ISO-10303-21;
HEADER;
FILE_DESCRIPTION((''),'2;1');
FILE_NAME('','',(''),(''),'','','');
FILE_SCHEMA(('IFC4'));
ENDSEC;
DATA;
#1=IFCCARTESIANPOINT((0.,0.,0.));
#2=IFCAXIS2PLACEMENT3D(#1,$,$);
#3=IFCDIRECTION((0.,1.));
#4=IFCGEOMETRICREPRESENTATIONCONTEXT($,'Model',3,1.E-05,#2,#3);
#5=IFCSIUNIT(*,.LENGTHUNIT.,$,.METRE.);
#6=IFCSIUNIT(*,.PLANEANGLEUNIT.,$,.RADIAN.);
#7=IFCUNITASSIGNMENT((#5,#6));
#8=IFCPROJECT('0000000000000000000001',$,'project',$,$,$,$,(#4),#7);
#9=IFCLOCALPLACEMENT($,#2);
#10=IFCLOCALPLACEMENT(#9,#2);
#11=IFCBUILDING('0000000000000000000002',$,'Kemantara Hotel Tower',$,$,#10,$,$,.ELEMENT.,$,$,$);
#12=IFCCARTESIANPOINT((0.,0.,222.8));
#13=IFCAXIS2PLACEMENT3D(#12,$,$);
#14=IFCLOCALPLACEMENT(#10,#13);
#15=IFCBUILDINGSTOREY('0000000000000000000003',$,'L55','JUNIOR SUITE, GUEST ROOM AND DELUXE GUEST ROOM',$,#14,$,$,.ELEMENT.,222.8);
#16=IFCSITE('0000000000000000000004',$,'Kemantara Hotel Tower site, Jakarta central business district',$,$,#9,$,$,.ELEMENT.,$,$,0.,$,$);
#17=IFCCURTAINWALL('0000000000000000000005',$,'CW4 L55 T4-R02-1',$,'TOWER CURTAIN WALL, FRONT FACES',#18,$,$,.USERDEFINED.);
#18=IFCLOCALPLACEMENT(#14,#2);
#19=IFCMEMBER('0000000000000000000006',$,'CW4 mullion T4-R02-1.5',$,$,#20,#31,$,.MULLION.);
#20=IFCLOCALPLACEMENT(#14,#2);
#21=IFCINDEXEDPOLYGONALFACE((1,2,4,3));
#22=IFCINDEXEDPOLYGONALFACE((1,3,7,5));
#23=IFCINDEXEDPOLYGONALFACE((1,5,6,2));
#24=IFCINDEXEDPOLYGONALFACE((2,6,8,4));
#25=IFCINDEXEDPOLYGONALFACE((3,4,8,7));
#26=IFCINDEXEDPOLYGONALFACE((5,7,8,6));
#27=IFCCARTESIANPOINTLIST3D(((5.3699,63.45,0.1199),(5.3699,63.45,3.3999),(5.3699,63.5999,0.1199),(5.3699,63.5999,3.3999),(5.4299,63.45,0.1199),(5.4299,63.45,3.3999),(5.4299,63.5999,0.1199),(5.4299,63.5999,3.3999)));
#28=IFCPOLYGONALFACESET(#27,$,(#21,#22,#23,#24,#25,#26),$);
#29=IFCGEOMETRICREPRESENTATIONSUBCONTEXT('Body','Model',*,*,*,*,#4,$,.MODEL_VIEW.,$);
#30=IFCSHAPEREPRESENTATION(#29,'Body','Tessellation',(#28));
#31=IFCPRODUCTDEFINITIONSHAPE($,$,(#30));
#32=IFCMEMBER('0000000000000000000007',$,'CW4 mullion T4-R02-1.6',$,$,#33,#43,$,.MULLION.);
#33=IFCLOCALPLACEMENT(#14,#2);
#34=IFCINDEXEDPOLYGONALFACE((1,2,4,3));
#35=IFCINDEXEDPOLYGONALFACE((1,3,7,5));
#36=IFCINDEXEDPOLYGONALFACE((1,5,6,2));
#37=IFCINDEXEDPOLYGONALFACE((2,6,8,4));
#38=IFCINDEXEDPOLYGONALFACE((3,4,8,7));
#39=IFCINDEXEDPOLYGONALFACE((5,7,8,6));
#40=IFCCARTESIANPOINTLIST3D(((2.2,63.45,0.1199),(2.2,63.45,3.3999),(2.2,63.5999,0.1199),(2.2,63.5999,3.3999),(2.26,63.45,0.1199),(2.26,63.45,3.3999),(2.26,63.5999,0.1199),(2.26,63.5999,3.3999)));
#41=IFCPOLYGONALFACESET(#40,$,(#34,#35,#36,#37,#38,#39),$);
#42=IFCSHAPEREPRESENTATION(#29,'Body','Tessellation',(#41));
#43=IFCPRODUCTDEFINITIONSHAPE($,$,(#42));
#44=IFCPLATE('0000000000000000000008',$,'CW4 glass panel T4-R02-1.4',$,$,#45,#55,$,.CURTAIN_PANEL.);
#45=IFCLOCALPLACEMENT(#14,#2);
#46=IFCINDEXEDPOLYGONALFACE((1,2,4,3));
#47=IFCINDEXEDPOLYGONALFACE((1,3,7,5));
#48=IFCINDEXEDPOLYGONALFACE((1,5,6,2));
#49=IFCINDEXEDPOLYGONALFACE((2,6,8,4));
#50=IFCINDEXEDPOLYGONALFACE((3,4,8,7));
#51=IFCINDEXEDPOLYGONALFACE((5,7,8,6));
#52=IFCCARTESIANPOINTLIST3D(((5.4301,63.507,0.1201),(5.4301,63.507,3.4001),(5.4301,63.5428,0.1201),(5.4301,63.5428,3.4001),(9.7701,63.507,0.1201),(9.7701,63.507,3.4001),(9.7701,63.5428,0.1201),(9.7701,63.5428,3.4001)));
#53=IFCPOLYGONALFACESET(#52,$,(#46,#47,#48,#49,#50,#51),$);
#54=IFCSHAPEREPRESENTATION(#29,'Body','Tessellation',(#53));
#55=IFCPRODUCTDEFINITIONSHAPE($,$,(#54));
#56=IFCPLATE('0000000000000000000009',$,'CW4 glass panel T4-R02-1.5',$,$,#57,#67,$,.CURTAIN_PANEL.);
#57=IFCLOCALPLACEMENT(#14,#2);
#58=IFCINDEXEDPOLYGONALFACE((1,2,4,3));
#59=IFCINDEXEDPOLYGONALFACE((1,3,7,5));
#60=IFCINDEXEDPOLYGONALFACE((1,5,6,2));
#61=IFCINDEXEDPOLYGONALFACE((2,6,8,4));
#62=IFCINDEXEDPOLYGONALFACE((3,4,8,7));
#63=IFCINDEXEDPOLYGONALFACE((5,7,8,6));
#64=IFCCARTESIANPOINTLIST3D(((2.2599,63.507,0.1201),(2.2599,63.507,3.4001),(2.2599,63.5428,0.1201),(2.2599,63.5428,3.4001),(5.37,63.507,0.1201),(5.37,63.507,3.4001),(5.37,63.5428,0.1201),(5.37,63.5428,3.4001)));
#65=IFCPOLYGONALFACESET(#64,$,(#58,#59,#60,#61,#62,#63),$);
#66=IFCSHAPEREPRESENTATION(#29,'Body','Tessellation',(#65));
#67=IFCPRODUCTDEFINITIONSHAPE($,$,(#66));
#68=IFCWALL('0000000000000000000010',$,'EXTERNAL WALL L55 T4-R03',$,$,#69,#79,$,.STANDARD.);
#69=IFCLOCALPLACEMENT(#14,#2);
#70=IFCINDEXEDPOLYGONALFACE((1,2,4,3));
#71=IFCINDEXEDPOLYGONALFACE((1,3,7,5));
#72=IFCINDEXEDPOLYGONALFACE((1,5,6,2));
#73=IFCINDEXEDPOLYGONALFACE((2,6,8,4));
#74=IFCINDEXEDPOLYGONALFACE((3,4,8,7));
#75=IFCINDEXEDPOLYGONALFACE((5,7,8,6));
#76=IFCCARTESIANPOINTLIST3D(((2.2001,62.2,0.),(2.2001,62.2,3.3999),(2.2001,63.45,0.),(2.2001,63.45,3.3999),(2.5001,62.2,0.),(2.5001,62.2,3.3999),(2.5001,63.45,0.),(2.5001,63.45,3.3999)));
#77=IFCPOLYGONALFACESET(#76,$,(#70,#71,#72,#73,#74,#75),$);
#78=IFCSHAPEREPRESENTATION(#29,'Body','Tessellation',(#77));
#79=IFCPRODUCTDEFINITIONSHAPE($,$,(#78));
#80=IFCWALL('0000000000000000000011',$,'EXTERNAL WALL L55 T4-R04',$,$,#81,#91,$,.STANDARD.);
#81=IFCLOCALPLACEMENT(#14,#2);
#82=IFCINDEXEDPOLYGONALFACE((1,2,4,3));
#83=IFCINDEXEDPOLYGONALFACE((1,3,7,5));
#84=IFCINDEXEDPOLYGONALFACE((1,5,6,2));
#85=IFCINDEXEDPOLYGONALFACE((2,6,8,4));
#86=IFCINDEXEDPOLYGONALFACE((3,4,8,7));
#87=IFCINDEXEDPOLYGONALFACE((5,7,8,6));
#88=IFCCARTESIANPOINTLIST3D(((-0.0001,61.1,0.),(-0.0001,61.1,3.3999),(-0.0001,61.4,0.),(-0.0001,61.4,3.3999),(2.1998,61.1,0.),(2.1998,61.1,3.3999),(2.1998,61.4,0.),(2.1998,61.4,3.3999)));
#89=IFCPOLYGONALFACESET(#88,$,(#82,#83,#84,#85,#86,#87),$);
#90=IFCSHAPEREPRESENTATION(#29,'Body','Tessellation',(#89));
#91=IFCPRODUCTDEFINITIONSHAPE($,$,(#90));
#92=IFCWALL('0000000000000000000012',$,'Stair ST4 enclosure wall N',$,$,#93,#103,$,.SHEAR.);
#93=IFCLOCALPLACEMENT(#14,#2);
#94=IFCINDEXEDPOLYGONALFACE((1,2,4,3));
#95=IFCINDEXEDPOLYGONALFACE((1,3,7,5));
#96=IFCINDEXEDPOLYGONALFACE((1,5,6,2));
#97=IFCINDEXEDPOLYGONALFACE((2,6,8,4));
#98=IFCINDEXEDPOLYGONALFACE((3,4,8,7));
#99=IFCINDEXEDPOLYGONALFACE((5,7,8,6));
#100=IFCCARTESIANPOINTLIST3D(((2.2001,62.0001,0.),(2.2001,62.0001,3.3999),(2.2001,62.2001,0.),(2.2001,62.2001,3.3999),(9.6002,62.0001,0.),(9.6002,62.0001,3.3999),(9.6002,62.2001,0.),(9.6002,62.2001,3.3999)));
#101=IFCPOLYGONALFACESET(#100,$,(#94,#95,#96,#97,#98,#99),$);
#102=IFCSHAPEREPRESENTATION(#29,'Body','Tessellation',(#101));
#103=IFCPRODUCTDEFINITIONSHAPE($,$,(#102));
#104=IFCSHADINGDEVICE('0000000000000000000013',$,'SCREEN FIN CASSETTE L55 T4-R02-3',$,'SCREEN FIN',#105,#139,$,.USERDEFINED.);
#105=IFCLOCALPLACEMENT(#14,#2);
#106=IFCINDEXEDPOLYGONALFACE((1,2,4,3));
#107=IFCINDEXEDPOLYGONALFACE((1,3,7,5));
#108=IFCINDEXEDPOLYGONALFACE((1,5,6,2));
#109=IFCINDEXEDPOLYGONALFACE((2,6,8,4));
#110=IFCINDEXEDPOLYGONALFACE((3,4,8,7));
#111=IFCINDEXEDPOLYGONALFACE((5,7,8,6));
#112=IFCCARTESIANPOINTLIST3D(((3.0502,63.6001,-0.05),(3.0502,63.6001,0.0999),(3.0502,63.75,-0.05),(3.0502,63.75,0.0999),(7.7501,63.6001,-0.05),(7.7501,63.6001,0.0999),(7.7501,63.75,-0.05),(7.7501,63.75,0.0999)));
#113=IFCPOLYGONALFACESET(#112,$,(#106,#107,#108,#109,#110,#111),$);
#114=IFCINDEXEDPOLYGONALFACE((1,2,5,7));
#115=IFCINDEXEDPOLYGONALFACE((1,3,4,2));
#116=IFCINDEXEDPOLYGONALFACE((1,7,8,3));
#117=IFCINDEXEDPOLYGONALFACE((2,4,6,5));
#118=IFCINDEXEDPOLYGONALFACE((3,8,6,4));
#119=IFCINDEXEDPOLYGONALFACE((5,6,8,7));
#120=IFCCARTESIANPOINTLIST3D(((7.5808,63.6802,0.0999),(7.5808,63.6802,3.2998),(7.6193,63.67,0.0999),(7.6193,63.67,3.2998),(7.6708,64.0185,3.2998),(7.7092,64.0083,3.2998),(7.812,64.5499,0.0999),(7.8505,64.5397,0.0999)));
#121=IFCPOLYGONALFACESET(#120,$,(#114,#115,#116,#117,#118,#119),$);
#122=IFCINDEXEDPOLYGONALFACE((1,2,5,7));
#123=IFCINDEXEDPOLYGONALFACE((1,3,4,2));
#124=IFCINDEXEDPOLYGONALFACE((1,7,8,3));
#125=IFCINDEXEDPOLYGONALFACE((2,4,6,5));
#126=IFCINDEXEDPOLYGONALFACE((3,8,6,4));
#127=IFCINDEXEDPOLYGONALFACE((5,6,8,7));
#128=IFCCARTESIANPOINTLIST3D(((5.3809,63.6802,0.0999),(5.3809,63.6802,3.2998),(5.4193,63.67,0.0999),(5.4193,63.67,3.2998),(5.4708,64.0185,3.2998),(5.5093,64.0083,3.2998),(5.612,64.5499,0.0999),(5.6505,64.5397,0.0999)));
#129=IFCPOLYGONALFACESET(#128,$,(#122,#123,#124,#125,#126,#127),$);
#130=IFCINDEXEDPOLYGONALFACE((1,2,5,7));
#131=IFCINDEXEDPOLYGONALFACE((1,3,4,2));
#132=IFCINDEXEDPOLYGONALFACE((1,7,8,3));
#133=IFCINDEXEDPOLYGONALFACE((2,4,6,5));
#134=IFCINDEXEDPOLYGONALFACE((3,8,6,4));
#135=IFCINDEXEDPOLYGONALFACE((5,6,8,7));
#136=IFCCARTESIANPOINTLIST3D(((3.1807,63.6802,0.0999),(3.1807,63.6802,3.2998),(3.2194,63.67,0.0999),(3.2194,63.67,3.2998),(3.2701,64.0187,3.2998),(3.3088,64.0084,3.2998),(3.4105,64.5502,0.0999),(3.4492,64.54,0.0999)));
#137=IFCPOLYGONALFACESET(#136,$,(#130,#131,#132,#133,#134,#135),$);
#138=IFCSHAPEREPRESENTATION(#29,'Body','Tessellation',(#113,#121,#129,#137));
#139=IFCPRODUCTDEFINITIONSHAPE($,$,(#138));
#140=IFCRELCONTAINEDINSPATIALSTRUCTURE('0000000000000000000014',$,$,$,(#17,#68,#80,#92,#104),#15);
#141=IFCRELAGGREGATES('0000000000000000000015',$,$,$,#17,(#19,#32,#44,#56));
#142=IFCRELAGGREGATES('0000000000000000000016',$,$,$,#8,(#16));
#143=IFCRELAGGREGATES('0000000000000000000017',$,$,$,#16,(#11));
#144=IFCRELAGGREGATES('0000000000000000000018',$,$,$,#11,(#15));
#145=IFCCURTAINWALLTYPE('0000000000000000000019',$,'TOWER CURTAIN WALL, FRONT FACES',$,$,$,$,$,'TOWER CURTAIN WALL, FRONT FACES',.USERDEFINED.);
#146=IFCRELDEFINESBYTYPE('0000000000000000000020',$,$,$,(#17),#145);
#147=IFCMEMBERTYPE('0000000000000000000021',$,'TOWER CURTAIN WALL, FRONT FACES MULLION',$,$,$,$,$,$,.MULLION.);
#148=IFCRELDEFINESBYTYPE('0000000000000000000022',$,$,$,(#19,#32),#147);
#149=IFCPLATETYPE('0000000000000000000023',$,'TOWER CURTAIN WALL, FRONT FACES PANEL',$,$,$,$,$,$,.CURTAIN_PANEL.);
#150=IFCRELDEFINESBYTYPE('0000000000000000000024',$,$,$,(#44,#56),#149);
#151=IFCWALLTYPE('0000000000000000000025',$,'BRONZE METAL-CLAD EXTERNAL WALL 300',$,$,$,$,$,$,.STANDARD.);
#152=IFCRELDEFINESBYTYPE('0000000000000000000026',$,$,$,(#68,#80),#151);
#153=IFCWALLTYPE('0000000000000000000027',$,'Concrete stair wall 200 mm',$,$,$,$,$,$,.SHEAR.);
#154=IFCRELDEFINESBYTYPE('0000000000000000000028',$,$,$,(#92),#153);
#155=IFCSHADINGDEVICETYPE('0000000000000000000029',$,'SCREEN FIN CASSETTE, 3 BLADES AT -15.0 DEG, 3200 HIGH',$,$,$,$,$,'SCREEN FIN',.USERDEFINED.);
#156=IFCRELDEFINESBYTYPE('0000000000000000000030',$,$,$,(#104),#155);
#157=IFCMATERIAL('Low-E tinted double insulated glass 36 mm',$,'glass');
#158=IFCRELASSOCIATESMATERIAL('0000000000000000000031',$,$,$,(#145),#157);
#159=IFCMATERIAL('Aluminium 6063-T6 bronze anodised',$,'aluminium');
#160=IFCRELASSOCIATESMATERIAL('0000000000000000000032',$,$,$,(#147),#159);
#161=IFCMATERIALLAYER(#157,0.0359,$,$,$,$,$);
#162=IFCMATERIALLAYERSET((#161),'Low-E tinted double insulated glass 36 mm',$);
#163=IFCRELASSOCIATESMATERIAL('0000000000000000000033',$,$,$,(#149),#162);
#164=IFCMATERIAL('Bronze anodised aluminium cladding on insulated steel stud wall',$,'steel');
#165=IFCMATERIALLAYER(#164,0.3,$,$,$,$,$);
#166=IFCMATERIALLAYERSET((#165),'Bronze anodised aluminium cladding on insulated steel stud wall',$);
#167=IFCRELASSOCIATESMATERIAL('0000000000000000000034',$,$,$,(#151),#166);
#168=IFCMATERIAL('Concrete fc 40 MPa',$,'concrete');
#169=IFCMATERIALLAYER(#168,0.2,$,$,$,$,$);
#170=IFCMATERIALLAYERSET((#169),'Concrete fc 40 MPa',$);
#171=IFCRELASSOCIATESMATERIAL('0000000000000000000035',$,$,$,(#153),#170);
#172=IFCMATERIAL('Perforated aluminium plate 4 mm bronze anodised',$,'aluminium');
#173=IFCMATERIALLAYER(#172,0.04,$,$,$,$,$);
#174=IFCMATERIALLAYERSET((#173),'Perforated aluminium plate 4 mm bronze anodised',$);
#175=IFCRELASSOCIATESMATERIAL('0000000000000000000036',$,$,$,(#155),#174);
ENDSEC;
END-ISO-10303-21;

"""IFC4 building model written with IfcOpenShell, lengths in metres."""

from ifc_helpers import new_model, si_unit, direction, frame, frame_2d, origin, origin_2d, place, context, subcontext, project, spatial, polyline, rectangle, outline, extrude, source, transform, mapped, material, layer, layer_set, material_profile, profile_set, type_object, element, aggregate, save


model = new_model("IFC4")

# Units and contexts
model_context = context("Model", 3, precision=1e-05, world=origin(), true_north=direction((0.0, 1.0)))
body_context = subcontext(model_context, "Body", "Model", "MODEL_VIEW")
ifc_project = project(units=[si_unit("LENGTHUNIT", "METRE"), si_unit("PLANEANGLEUNIT", "RADIAN")], contexts=[model_context])

# Site, building, storey
site_placement = place(None, origin())
site = spatial("IfcSite", under=ifc_project, at=site_placement, Name="Kemantara Hotel Tower site, Jakarta central business district", CompositionType="ELEMENT", RefElevation=0.0)
building_placement = place(site_placement, origin())
building = spatial("IfcBuilding", under=site, at=building_placement, Name="Kemantara Hotel Tower", CompositionType="ELEMENT")
storey_placement = place(building_placement, frame((0.0, 0.0, 222.8)))
storey = spatial("IfcBuildingStorey", under=building, at=storey_placement, Name="L55", Description="JUNIOR SUITE, GUEST ROOM AND DELUXE GUEST ROOM", CompositionType="ELEMENT", Elevation=222.8)

# Curtain wall, members, plates
ifc_material_1 = material(Name="Low-E tinted double insulated glass 36 mm", Category="glass")
curtain_wall_type = type_object("IfcCurtainWallType", Name="TOWER CURTAIN WALL, FRONT FACES", ElementType="TOWER CURTAIN WALL, FRONT FACES", PredefinedType="USERDEFINED", material=ifc_material_1)
curtain_wall_placement = place(storey_placement, origin())
curtain_wall = element("IfcCurtainWall", 1, at=curtain_wall_placement, inside=storey, type_object=curtain_wall_type, Name="CW4 L55 T4-R02-1", ObjectType="TOWER CURTAIN WALL, FRONT FACES", PredefinedType="USERDEFINED")
ifc_material_2 = material(Name="Aluminium 6063-T6 bronze anodised", Category="aluminium")
ifc_material_profile = material_profile(ifc_material_2, rectangle(XDim=0.1499, YDim=0.0601, at=origin_2d()), Name="TOWER CURTAIN WALL, FRONT FACES MULLION")
ifc_profile_set = profile_set([ifc_material_profile], Name="Aluminium 6063-T6 bronze anodised")
member_type = type_object("IfcMemberType", Name="TOWER CURTAIN WALL, FRONT FACES MULLION", PredefinedType="MULLION", material=ifc_profile_set)
shared_shape_1 = source(origin(), body_context, "Body", "SweptSolid", [
    extrude(rectangle(XDim=0.1499, YDim=0.0601, at=origin_2d()), origin(), (0.0, 0.0, 1.0), 3.28),
])
member_1_placement = place(storey_placement, frame((5.3999, 63.5249, 0.1199), z_axis=(0.0, 0.0, 1.0), x_axis=(0.0, -1.0, 0.0)))
member_1 = element("IfcMember", 2, at=member_1_placement, type_object=member_type, Name="CW4 mullion T4-R02-1.5", PredefinedType="MULLION", context=body_context, shape_type="MappedRepresentation", body=[
    mapped(shared_shape_1, transform((0.0, 0.0, 0.0))),
])
member_2_placement = place(storey_placement, frame((2.23, 63.5249, 0.1199), z_axis=(0.0, 0.0, 1.0), x_axis=(0.0, -1.0, 0.0)))
member_2 = element("IfcMember", 3, at=member_2_placement, type_object=member_type, Name="CW4 mullion T4-R02-1.6", PredefinedType="MULLION", context=body_context, shape_type="MappedRepresentation", body=[
    mapped(shared_shape_1, transform((0.0, 0.0, 0.0))),
])
ifc_layer_1 = layer(ifc_material_1, 0.0359)
ifc_layer_set_1 = layer_set([ifc_layer_1], Name="Low-E tinted double insulated glass 36 mm")
plate_type = type_object("IfcPlateType", Name="TOWER CURTAIN WALL, FRONT FACES PANEL", PredefinedType="CURTAIN_PANEL", material=ifc_layer_set_1)
shared_shape_2 = source(origin(), body_context, "Body", "SweptSolid", [
    extrude(rectangle(XDim=4.3401, YDim=0.0359, at=origin_2d()), origin(), (0.0, 0.0, 1.0), 3.28),
])
plate_1_placement = place(storey_placement, frame((7.6001, 63.5249, 0.1201), z_axis=(0.0, 0.0, 1.0), x_axis=(-1.0, 0.0, 0.0)))
plate_1 = element("IfcPlate", 4, at=plate_1_placement, type_object=plate_type, Name="CW4 glass panel T4-R02-1.4", PredefinedType="CURTAIN_PANEL", context=body_context, shape_type="MappedRepresentation", body=[
    mapped(shared_shape_2, transform((0.0, 0.0, 0.0))),
])
shared_shape_3 = source(origin(), body_context, "Body", "SweptSolid", [
    extrude(rectangle(XDim=3.1101, YDim=0.0359, at=origin_2d()), origin(), (0.0, 0.0, 1.0), 3.28),
])
plate_2_placement = place(storey_placement, frame((3.8149, 63.5249, 0.1201), z_axis=(0.0, 0.0, 1.0), x_axis=(-1.0, 0.0, 0.0)))
plate_2 = element("IfcPlate", 5, at=plate_2_placement, type_object=plate_type, Name="CW4 glass panel T4-R02-1.5", PredefinedType="CURTAIN_PANEL", context=body_context, shape_type="MappedRepresentation", body=[
    mapped(shared_shape_3, transform((0.0, 0.0, 0.0))),
])
aggregate(curtain_wall, [member_1, member_2, plate_1, plate_2])

# Walls
ifc_material_3 = material(Name="Bronze anodised aluminium cladding on insulated steel stud wall", Category="steel")
ifc_layer_2 = layer(ifc_material_3, 0.3)
ifc_layer_set_2 = layer_set([ifc_layer_2], Name="Bronze anodised aluminium cladding on insulated steel stud wall")
wall_type_1 = type_object("IfcWallType", Name="BRONZE METAL-CLAD EXTERNAL WALL 300", PredefinedType="STANDARD", material=ifc_layer_set_2)
wall_1_placement = place(storey_placement, frame((2.3501, 63.45, 0.0), z_axis=(0.0, 0.0, 1.0), x_axis=(0.0, -1.0, 0.0)))
element("IfcWall", 6, at=wall_1_placement, inside=storey, type_object=wall_type_1, Name="EXTERNAL WALL L55 T4-R03", PredefinedType="STANDARD", context=body_context, shape_type="SweptSolid", body=[
    extrude(rectangle(XDim=1.25, YDim=0.3, at=frame_2d((0.625, 0.0))), origin(), (0.0, 0.0, 1.0), 3.3999),
])
wall_2_placement = place(storey_placement, frame((2.2, 61.25, 0.0), z_axis=(0.0, 0.0, 1.0), x_axis=(-1.0, 0.0, 0.0)))
element("IfcWall", 7, at=wall_2_placement, inside=storey, type_object=wall_type_1, Name="EXTERNAL WALL L55 T4-R04", PredefinedType="STANDARD", context=body_context, shape_type="SweptSolid", body=[
    extrude(rectangle(XDim=2.2, YDim=0.3, at=frame_2d((1.1001, 0.0))), origin(), (0.0, 0.0, 1.0), 3.3999),
])

# Wall
ifc_material_4 = material(Name="Concrete fc 40 MPa", Category="concrete")
ifc_layer_3 = layer(ifc_material_4, 0.2)
ifc_layer_set_3 = layer_set([ifc_layer_3], Name="Concrete fc 40 MPa")
wall_type_2 = type_object("IfcWallType", Name="Concrete stair wall 200 mm", PredefinedType="SHEAR", material=ifc_layer_set_3)
wall_3_placement = place(storey_placement, frame((2.2, 62.1001, 0.0), z_axis=(0.0, 0.0, 1.0), x_axis=(1.0, 0.0, 0.0)))
element("IfcWall", 8, at=wall_3_placement, inside=storey, type_object=wall_type_2, Name="Stair ST4 enclosure wall N", PredefinedType="SHEAR", context=body_context, shape_type="SweptSolid", body=[
    extrude(rectangle(XDim=7.4001, YDim=0.2, at=frame_2d((3.7002, 0.0))), origin(), (0.0, 0.0, 1.0), 3.3999),
])

# Shading device
ifc_material_5 = material(Name="Perforated aluminium plate 4 mm bronze anodised", Category="aluminium")
ifc_layer_4 = layer(ifc_material_5, 0.04)
ifc_layer_set_4 = layer_set([ifc_layer_4], Name="Perforated aluminium plate 4 mm bronze anodised")
shading_device_type = type_object("IfcShadingDeviceType", Name="SCREEN FIN CASSETTE, 3 BLADES AT -15.0 DEG, 3200 HIGH", ElementType="SCREEN FIN", PredefinedType="USERDEFINED", material=ifc_layer_set_4)
shared_shape_4 = source(origin(), body_context, "Body", "SweptSolid", [
    extrude(rectangle(XDim=4.7, YDim=0.1499, at=origin_2d()), frame((2.2, -0.075, -0.1499), z_axis=(0.0, 0.0, 1.0), x_axis=(1.0, 0.0, 0.0)), (0.0, 0.0, 1.0), 0.1499),
    extrude(outline(polyline([(0.0, 0.0), (0.8999, 0.0), (0.3501, 3.2), (0.0, 3.2), (0.0, 0.0)])), frame((0.0193, -0.0801, 0.0), z_axis=(-0.966438, 0.256901, 0.0), x_axis=(-0.256901, -0.966438, 0.0)), (0.0, 0.0, 1.0), 0.0398),
    extrude(outline(polyline([(0.0, 0.0), (0.8999, 0.0), (0.3501, 3.2), (0.0, 3.2), (0.0, 0.0)])), frame((2.2192, -0.0801, 0.0), z_axis=(-0.966438, 0.256901, 0.0), x_axis=(-0.256901, -0.966438, 0.0)), (0.0, 0.0, 1.0), 0.0398),
    extrude(outline(polyline([(0.0, 0.0), (0.8999, 0.0), (0.3501, 3.2), (0.0, 3.2), (0.0, 0.0)])), frame((4.4194, -0.0801, 0.0), z_axis=(-0.966838, 0.255391, 0.0), x_axis=(-0.255391, -0.966838, 0.0)), (0.0, 0.0, 1.0), 0.04),
])
shading_device_placement = place(storey_placement, frame((7.6001, 63.6001, 0.0999), z_axis=(0.0, 0.0, 1.0), x_axis=(-1.0, 0.0, 0.0)))
element("IfcShadingDevice", 9, at=shading_device_placement, inside=storey, type_object=shading_device_type, Name="SCREEN FIN CASSETTE L55 T4-R02-3", ObjectType="SCREEN FIN", PredefinedType="USERDEFINED", context=body_context, shape_type="MappedRepresentation", body=[
    mapped(shared_shape_4, transform((0.0, 0.0, 0.0))),
])

save(model, "model.ifc")
